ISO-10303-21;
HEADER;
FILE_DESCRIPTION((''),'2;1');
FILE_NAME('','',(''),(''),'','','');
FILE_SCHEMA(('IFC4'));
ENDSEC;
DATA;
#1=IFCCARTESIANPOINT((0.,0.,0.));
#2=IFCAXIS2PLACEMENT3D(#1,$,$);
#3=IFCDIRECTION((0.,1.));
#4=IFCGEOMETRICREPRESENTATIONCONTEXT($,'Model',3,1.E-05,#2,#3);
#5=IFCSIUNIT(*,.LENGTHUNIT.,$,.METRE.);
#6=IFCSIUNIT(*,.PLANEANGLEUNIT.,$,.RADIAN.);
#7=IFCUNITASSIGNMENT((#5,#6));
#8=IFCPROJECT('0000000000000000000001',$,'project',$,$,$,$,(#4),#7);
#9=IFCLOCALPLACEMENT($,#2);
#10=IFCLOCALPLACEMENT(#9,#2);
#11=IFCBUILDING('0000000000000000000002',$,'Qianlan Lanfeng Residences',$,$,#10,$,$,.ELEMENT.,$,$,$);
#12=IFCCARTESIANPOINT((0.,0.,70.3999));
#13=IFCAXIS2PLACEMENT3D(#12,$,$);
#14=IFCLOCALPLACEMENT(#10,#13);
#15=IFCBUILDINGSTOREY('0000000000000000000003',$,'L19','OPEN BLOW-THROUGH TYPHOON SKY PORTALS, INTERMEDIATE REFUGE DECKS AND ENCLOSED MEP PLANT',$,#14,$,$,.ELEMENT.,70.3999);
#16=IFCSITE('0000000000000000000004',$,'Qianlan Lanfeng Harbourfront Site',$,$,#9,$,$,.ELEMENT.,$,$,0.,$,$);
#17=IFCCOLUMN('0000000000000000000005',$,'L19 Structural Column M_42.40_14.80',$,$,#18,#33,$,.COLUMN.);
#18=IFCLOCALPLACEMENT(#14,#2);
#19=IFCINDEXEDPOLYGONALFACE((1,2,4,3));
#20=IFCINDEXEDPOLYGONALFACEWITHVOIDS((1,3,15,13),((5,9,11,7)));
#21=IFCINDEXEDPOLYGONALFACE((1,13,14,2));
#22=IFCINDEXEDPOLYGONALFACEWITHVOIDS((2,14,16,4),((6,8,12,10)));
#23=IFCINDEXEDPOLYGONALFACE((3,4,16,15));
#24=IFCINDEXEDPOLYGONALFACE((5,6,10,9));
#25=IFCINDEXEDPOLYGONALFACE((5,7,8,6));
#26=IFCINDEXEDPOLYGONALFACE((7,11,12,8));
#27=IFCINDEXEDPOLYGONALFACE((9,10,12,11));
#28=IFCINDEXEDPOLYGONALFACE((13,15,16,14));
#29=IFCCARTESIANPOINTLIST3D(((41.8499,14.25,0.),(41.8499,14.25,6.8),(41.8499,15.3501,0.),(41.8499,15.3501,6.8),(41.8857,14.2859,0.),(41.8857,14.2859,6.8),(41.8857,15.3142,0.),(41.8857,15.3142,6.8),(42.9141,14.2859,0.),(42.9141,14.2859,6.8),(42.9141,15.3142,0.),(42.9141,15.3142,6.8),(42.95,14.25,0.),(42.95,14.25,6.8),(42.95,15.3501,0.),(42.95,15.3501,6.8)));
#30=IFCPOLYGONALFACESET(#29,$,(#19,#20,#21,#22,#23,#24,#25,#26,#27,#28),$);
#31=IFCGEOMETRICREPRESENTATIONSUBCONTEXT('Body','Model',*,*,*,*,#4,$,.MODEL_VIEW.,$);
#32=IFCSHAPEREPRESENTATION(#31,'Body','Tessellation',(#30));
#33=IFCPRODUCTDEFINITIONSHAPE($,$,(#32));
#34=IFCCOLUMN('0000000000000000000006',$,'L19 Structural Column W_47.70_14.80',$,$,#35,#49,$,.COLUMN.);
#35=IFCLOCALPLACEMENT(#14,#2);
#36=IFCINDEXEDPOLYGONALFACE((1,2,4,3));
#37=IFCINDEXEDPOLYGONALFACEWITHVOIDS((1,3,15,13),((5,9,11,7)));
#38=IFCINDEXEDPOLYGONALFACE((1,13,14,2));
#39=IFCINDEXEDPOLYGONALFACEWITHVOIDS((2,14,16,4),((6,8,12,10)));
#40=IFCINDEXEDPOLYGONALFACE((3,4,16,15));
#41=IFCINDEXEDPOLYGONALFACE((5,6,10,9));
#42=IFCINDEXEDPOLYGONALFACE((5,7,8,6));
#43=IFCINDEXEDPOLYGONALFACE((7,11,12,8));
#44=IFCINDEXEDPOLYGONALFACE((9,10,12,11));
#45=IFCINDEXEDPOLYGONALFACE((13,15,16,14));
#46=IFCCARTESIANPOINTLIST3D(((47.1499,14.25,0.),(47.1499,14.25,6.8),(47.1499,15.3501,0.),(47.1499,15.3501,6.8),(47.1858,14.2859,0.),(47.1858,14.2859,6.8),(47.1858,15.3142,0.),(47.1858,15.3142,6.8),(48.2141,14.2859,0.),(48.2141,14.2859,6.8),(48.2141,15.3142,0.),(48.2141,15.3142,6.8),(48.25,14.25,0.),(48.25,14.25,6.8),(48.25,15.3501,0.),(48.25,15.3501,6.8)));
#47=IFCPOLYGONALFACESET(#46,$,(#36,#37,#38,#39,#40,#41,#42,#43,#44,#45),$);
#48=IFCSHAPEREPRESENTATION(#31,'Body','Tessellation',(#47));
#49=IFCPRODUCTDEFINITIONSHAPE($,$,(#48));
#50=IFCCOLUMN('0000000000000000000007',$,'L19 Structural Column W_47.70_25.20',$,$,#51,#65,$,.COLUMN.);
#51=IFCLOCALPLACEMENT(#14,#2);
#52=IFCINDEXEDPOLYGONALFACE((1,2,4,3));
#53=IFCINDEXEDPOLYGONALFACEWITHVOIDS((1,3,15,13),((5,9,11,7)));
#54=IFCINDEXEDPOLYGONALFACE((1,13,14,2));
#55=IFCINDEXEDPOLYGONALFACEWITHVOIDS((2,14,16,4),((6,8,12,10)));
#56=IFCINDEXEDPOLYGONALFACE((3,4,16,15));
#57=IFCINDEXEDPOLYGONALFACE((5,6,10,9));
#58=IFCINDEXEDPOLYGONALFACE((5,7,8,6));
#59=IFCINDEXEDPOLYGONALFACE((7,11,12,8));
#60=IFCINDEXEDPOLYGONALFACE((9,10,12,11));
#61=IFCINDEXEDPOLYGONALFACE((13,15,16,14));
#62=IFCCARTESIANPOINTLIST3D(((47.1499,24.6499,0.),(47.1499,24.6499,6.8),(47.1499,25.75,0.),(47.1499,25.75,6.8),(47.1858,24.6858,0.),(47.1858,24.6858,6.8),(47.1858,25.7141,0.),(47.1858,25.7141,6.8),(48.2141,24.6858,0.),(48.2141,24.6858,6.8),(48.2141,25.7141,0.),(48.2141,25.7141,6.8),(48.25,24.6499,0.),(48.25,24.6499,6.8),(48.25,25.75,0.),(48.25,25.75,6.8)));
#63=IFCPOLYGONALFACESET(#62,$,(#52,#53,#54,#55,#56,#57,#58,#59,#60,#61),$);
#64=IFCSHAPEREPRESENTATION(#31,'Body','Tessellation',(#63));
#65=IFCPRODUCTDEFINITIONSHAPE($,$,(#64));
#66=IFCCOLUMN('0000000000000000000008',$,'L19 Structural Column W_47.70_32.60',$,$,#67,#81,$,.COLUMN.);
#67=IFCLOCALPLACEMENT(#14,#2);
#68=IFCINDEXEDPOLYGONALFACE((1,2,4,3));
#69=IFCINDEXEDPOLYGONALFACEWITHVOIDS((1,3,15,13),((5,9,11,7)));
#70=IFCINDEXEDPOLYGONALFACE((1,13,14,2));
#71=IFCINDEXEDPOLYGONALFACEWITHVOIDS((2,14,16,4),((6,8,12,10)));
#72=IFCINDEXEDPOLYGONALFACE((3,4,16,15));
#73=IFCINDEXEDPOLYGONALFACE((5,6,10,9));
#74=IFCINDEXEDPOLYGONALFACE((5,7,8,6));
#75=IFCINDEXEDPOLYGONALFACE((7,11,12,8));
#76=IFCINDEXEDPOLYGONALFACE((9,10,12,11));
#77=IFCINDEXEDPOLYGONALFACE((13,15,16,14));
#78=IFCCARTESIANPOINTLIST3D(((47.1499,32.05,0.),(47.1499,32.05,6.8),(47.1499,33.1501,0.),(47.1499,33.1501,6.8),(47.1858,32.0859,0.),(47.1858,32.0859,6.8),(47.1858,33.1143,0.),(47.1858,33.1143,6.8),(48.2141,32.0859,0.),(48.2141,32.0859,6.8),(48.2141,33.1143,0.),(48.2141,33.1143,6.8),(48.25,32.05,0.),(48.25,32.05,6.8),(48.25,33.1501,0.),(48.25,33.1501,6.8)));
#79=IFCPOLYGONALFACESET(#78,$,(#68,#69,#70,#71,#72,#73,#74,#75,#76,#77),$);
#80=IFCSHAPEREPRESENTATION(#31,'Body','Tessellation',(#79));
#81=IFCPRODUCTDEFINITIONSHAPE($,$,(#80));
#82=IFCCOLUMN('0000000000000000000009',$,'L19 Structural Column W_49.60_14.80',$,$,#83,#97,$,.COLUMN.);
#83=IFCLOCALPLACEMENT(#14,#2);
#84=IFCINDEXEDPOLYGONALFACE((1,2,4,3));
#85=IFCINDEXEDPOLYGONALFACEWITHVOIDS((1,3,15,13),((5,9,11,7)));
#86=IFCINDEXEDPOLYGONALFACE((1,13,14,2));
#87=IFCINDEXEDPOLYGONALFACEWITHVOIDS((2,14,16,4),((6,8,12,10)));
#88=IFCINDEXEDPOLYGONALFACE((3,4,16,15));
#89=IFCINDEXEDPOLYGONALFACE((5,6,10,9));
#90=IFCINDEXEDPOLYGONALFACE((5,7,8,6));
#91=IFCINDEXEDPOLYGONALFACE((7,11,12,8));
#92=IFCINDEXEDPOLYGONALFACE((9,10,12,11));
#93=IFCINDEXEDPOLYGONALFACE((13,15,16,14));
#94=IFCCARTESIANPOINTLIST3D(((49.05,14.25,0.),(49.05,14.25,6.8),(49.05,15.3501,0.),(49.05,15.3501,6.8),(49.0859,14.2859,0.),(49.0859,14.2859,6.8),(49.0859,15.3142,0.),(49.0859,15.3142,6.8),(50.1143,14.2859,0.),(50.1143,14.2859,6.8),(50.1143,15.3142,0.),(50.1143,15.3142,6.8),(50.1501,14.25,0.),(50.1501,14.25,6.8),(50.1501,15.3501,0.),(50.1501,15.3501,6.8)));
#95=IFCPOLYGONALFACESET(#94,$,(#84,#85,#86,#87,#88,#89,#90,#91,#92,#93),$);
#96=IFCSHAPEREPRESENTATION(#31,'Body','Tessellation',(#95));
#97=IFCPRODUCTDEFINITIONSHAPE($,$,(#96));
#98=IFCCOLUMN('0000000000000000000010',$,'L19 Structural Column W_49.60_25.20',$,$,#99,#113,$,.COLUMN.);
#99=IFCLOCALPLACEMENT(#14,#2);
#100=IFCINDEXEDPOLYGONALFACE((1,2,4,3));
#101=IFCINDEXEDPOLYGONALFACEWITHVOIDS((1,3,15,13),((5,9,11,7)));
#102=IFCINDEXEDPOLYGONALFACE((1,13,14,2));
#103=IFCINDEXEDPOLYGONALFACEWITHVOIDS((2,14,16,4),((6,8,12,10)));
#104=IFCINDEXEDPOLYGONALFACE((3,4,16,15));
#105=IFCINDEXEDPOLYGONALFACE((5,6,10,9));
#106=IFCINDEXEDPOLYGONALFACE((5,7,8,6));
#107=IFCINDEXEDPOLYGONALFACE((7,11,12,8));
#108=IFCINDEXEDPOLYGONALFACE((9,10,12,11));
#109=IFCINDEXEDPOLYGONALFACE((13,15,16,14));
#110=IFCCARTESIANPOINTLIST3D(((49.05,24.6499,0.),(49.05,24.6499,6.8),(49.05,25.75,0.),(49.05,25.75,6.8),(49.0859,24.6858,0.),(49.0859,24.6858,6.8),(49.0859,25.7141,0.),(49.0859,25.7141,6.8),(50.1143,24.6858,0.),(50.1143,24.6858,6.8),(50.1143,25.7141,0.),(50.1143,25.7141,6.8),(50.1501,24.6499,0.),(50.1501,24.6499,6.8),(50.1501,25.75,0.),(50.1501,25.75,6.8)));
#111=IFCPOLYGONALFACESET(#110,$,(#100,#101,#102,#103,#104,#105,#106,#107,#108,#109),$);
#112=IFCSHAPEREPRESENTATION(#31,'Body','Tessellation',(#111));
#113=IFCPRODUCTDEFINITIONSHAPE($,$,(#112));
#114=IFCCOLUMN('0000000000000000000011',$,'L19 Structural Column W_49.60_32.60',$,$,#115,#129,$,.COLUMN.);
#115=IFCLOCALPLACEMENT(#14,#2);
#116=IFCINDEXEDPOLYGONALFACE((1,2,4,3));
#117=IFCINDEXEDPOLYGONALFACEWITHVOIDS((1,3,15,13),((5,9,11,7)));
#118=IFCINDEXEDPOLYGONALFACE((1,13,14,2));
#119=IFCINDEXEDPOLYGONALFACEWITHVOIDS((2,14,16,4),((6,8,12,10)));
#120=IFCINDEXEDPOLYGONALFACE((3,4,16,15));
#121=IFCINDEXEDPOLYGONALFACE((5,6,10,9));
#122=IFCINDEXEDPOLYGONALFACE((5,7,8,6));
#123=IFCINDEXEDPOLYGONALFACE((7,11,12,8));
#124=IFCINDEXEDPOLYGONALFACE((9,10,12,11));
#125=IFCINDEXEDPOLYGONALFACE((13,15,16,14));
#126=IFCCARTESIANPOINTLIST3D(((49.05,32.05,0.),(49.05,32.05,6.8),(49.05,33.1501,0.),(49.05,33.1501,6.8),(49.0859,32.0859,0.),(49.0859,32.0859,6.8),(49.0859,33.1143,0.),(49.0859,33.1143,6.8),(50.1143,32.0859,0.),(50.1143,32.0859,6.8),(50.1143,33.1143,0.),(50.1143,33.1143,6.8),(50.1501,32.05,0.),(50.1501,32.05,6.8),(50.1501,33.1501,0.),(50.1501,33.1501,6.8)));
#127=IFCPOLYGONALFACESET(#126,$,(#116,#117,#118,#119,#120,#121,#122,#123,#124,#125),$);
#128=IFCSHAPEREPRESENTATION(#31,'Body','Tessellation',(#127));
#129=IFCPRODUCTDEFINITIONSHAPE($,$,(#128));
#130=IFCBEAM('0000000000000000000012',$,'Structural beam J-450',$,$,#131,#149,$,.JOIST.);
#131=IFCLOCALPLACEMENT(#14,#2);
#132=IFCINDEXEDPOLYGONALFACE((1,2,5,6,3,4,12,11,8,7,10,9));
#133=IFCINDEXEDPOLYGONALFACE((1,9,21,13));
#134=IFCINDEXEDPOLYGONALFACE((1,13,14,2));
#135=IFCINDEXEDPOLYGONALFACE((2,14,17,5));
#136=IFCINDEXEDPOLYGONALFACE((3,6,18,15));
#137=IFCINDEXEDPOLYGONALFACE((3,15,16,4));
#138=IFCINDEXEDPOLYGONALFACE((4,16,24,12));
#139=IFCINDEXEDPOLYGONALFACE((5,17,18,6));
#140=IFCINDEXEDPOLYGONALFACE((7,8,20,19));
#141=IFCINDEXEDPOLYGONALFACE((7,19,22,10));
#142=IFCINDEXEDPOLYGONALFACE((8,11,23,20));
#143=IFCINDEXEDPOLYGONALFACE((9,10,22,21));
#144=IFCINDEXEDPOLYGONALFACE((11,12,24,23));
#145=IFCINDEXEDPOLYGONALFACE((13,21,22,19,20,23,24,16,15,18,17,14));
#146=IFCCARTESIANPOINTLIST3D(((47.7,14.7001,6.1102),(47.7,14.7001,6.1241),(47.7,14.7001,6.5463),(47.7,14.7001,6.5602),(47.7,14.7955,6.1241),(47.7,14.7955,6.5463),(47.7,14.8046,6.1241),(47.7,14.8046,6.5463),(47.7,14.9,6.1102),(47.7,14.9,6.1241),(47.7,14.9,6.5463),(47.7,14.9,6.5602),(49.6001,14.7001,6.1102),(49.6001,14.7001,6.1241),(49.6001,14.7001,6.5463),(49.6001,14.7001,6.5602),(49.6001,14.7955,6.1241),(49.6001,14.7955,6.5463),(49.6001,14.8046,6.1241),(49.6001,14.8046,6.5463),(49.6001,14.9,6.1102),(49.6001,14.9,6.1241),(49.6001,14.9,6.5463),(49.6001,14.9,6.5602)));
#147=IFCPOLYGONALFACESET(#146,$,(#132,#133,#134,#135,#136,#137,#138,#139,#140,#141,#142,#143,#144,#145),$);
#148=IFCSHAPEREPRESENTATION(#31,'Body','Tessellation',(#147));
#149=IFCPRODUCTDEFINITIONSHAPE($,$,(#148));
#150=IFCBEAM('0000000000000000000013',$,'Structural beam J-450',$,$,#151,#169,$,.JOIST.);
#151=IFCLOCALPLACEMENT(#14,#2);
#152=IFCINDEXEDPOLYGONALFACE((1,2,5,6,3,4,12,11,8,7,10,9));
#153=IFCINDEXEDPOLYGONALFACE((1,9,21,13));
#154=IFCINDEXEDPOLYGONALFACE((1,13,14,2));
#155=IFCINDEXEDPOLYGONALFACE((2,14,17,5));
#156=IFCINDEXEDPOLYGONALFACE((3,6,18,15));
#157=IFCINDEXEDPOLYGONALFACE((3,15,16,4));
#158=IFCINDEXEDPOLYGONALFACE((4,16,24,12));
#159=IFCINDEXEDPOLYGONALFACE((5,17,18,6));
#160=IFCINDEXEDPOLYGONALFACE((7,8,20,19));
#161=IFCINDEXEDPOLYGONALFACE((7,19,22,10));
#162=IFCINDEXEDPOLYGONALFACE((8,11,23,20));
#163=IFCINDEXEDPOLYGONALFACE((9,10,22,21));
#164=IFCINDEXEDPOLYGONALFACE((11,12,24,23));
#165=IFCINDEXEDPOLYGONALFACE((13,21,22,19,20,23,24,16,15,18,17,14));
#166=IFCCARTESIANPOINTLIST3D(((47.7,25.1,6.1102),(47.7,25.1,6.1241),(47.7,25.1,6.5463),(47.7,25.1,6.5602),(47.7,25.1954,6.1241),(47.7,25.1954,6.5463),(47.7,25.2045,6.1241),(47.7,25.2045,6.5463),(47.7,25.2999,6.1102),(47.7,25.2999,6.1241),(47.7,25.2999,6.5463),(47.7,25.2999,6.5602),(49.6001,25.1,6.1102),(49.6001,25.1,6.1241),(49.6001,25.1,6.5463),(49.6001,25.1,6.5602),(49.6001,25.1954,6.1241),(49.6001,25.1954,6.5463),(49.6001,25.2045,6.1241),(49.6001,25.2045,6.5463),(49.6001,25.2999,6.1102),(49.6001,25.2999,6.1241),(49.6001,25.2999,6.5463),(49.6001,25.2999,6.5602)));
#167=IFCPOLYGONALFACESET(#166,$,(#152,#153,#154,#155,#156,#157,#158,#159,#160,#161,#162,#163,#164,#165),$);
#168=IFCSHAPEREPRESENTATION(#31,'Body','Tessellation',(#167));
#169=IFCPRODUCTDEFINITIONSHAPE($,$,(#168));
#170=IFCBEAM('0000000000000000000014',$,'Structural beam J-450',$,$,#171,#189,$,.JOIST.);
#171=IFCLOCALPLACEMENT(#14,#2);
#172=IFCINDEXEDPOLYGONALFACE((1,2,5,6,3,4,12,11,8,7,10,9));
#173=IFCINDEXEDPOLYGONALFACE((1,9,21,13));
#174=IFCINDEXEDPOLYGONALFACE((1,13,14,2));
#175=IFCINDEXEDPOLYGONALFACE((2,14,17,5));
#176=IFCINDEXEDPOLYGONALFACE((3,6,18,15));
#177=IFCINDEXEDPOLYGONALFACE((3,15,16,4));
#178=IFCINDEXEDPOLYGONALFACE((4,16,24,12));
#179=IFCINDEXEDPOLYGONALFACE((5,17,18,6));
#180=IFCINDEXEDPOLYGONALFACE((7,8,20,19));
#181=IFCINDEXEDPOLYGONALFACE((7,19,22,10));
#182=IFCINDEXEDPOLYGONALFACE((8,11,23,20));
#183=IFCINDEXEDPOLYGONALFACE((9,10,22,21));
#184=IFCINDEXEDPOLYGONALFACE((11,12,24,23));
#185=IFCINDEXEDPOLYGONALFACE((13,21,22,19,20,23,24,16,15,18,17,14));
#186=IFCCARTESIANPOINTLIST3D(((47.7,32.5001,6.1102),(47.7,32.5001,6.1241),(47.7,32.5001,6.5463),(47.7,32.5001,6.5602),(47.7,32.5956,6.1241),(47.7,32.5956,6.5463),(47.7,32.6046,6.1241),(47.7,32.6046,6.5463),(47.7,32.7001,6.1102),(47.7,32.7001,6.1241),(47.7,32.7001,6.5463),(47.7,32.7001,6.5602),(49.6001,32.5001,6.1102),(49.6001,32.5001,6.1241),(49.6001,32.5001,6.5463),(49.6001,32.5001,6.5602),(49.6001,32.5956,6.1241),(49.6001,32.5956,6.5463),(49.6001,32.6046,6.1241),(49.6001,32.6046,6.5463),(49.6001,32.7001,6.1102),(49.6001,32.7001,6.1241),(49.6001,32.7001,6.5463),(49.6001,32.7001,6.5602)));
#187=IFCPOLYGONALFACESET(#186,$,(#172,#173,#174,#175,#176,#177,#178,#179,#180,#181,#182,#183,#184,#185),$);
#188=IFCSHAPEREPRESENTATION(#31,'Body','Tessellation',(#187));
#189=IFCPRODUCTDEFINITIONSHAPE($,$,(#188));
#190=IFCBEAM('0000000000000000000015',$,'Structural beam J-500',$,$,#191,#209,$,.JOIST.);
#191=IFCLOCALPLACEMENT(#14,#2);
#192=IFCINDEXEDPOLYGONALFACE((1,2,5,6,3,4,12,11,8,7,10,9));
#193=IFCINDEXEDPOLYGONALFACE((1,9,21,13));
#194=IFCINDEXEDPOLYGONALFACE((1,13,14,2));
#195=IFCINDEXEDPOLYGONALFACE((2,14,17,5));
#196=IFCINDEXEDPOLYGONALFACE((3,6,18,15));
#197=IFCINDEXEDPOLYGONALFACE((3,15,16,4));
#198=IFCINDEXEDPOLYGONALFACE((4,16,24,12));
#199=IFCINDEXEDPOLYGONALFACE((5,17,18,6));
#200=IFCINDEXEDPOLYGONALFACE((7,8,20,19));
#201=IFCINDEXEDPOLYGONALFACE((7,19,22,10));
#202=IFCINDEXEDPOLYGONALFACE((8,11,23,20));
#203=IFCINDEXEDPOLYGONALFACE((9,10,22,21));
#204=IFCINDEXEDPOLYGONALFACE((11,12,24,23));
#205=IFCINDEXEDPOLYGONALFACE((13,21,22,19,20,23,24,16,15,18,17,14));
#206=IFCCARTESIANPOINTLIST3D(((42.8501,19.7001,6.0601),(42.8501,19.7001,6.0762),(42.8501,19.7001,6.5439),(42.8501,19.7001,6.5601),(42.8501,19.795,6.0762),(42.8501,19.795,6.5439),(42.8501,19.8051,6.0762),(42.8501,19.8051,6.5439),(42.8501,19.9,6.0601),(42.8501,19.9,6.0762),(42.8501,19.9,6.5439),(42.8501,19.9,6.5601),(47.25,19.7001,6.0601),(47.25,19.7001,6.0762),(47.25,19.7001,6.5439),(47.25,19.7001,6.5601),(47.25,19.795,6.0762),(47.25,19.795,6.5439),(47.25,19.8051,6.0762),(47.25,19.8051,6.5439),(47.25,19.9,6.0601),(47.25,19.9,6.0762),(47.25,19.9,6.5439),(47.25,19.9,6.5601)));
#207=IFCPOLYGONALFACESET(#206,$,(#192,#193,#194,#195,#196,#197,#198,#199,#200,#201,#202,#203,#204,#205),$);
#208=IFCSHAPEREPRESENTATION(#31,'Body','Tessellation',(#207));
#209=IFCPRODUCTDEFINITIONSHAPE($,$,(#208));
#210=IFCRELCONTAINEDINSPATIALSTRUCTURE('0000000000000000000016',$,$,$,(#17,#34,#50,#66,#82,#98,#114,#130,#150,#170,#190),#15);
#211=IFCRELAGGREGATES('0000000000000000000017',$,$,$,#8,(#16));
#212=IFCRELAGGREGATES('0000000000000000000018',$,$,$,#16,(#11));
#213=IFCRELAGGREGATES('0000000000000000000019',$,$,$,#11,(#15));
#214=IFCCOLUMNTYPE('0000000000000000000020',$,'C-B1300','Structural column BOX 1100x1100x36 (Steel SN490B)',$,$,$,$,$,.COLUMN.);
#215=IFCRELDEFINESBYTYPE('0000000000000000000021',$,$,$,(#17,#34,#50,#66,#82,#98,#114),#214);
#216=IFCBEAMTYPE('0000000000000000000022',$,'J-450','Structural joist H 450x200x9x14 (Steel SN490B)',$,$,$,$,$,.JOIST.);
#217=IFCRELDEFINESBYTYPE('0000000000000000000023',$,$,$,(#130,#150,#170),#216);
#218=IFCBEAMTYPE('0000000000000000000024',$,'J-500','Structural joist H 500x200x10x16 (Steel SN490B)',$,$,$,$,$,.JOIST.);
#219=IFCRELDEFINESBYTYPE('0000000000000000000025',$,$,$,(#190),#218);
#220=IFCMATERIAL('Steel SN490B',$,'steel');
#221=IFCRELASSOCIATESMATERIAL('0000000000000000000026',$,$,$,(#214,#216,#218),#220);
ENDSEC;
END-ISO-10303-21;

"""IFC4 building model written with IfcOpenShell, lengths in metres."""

from ifc_helpers import new_model, si_unit, direction, frame, origin, origin_2d, place, context, subcontext, project, spatial, hollow_rectangle, i_section, extrude, material, material_profile, profile_set, type_object, element, save


model = new_model("IFC4")

# Units and contexts
model_context = context("Model", 3, precision=1e-05, world=origin(), true_north=direction((0.0, 1.0)))
body_context = subcontext(model_context, "Body", "Model", "MODEL_VIEW")
ifc_project = project(units=[si_unit("LENGTHUNIT", "METRE"), si_unit("PLANEANGLEUNIT", "RADIAN")], contexts=[model_context])

# Site, building, storey
site_placement = place(None, origin())
site = spatial("IfcSite", under=ifc_project, at=site_placement, Name="Qianlan Lanfeng Harbourfront Site", CompositionType="ELEMENT", RefElevation=0.0)
building_placement = place(site_placement, origin())
building = spatial("IfcBuilding", under=site, at=building_placement, Name="Qianlan Lanfeng Residences", CompositionType="ELEMENT")
storey_placement = place(building_placement, frame((0.0, 0.0, 70.3999)))
storey = spatial("IfcBuildingStorey", under=building, at=storey_placement, Name="L19", Description="OPEN BLOW-THROUGH TYPHOON SKY PORTALS, INTERMEDIATE REFUGE DECKS AND ENCLOSED MEP PLANT", CompositionType="ELEMENT", Elevation=70.3999)

# Columns
ifc_material_1 = material(Name="Steel SN490B", Category="steel")
ifc_material_profile_1 = material_profile(ifc_material_1, hollow_rectangle(XDim=1.1001, YDim=1.1001, WallThickness=0.0359, at=origin_2d()), Name="BOX 1100x1100x36")
ifc_profile_set_1 = profile_set([ifc_material_profile_1], Name="Steel SN490B")
column_type = type_object("IfcColumnType", Name="C-B1300", Description="Structural column BOX 1100x1100x36 (Steel SN490B)", PredefinedType="COLUMN", material=ifc_profile_set_1)
for number, where, z_axis, x_axis, name in (
    (1, (42.3999, 14.8, 0.0), (0.0, 0.0, 1.0), (1.0, 0.0, 0.0), "L19 Structural Column M_42.40_14.80"),
    (2, (47.7, 14.8, 0.0), (0.0, 0.0, 1.0), (1.0, 0.0, 0.0), "L19 Structural Column W_47.70_14.80"),
    (3, (47.7, 25.2, 0.0), (0.0, 0.0, 1.0), (1.0, 0.0, 0.0), "L19 Structural Column W_47.70_25.20"),
    (4, (47.7, 32.6001, 0.0), (0.0, 0.0, 1.0), (1.0, 0.0, 0.0), "L19 Structural Column W_47.70_32.60"),
    (5, (49.6001, 14.8, 0.0), (0.0, 0.0, 1.0), (1.0, 0.0, 0.0), "L19 Structural Column W_49.60_14.80"),
    (6, (49.6001, 25.2, 0.0), (0.0, 0.0, 1.0), (1.0, 0.0, 0.0), "L19 Structural Column W_49.60_25.20"),
    (7, (49.6001, 32.6001, 0.0), (0.0, 0.0, 1.0), (1.0, 0.0, 0.0), "L19 Structural Column W_49.60_32.60"),
):
    element("IfcColumn", number, at=place(storey_placement, frame(where, z_axis=z_axis, x_axis=x_axis)), inside=storey, type_object=column_type, Name=name, PredefinedType="COLUMN", context=body_context, shape_type="SweptSolid", body=[
        extrude(hollow_rectangle(XDim=1.1001, YDim=1.1001, WallThickness=0.0359, at=origin_2d()), origin(), (0.0, 0.0, 1.0), 6.8),
    ])

# Beams
ifc_material_profile_2 = material_profile(ifc_material_1, i_section(OverallWidth=0.2, OverallDepth=0.45, WebThickness=0.009, FlangeThickness=0.0139, at=origin_2d()), Name="H 450x200x9x14")
ifc_profile_set_2 = profile_set([ifc_material_profile_2], Name="Steel SN490B")
beam_type_1 = type_object("IfcBeamType", Name="J-450", Description="Structural joist H 450x200x9x14 (Steel SN490B)", PredefinedType="JOIST", material=ifc_profile_set_2)
for number, where, z_axis, x_axis, name in (
    (8, (47.7, 14.8, 6.3352), (1.0, 0.0, 0.0), (0.0, 1.0, 0.0), "Structural beam J-450"),
    (9, (47.7, 25.2, 6.3352), (1.0, 0.0, 0.0), (0.0, 1.0, 0.0), "Structural beam J-450"),
    (10, (47.7, 32.6001, 6.3352), (1.0, 0.0, 0.0), (0.0, 1.0, 0.0), "Structural beam J-450"),
):
    element("IfcBeam", number, at=place(storey_placement, frame(where, z_axis=z_axis, x_axis=x_axis)), inside=storey, type_object=beam_type_1, Name=name, PredefinedType="JOIST", context=body_context, shape_type="SweptSolid", body=[
        extrude(i_section(OverallWidth=0.2, OverallDepth=0.45, WebThickness=0.009, FlangeThickness=0.0139, at=origin_2d()), origin(), (0.0, 0.0, 1.0), 1.9001),
    ])
ifc_material_profile_3 = material_profile(ifc_material_1, i_section(OverallWidth=0.2, OverallDepth=0.5, WebThickness=0.01, FlangeThickness=0.0161, at=origin_2d()), Name="H 500x200x10x16")
ifc_profile_set_3 = profile_set([ifc_material_profile_3], Name="Steel SN490B")
beam_type_2 = type_object("IfcBeamType", Name="J-500", Description="Structural joist H 500x200x10x16 (Steel SN490B)", PredefinedType="JOIST", material=ifc_profile_set_3)
beam_1_placement = place(storey_placement, frame((42.8501, 19.8, 6.3101), z_axis=(1.0, 0.0, 0.0), x_axis=(0.0, 1.0, 0.0)))
element("IfcBeam", 11, at=beam_1_placement, inside=storey, type_object=beam_type_2, Name="Structural beam J-500", PredefinedType="JOIST", context=body_context, shape_type="SweptSolid", body=[
    extrude(i_section(OverallWidth=0.2, OverallDepth=0.5, WebThickness=0.01, FlangeThickness=0.0161, at=origin_2d()), origin(), (0.0, 0.0, 1.0), 4.3999),
])

save(model, "model.ifc")
